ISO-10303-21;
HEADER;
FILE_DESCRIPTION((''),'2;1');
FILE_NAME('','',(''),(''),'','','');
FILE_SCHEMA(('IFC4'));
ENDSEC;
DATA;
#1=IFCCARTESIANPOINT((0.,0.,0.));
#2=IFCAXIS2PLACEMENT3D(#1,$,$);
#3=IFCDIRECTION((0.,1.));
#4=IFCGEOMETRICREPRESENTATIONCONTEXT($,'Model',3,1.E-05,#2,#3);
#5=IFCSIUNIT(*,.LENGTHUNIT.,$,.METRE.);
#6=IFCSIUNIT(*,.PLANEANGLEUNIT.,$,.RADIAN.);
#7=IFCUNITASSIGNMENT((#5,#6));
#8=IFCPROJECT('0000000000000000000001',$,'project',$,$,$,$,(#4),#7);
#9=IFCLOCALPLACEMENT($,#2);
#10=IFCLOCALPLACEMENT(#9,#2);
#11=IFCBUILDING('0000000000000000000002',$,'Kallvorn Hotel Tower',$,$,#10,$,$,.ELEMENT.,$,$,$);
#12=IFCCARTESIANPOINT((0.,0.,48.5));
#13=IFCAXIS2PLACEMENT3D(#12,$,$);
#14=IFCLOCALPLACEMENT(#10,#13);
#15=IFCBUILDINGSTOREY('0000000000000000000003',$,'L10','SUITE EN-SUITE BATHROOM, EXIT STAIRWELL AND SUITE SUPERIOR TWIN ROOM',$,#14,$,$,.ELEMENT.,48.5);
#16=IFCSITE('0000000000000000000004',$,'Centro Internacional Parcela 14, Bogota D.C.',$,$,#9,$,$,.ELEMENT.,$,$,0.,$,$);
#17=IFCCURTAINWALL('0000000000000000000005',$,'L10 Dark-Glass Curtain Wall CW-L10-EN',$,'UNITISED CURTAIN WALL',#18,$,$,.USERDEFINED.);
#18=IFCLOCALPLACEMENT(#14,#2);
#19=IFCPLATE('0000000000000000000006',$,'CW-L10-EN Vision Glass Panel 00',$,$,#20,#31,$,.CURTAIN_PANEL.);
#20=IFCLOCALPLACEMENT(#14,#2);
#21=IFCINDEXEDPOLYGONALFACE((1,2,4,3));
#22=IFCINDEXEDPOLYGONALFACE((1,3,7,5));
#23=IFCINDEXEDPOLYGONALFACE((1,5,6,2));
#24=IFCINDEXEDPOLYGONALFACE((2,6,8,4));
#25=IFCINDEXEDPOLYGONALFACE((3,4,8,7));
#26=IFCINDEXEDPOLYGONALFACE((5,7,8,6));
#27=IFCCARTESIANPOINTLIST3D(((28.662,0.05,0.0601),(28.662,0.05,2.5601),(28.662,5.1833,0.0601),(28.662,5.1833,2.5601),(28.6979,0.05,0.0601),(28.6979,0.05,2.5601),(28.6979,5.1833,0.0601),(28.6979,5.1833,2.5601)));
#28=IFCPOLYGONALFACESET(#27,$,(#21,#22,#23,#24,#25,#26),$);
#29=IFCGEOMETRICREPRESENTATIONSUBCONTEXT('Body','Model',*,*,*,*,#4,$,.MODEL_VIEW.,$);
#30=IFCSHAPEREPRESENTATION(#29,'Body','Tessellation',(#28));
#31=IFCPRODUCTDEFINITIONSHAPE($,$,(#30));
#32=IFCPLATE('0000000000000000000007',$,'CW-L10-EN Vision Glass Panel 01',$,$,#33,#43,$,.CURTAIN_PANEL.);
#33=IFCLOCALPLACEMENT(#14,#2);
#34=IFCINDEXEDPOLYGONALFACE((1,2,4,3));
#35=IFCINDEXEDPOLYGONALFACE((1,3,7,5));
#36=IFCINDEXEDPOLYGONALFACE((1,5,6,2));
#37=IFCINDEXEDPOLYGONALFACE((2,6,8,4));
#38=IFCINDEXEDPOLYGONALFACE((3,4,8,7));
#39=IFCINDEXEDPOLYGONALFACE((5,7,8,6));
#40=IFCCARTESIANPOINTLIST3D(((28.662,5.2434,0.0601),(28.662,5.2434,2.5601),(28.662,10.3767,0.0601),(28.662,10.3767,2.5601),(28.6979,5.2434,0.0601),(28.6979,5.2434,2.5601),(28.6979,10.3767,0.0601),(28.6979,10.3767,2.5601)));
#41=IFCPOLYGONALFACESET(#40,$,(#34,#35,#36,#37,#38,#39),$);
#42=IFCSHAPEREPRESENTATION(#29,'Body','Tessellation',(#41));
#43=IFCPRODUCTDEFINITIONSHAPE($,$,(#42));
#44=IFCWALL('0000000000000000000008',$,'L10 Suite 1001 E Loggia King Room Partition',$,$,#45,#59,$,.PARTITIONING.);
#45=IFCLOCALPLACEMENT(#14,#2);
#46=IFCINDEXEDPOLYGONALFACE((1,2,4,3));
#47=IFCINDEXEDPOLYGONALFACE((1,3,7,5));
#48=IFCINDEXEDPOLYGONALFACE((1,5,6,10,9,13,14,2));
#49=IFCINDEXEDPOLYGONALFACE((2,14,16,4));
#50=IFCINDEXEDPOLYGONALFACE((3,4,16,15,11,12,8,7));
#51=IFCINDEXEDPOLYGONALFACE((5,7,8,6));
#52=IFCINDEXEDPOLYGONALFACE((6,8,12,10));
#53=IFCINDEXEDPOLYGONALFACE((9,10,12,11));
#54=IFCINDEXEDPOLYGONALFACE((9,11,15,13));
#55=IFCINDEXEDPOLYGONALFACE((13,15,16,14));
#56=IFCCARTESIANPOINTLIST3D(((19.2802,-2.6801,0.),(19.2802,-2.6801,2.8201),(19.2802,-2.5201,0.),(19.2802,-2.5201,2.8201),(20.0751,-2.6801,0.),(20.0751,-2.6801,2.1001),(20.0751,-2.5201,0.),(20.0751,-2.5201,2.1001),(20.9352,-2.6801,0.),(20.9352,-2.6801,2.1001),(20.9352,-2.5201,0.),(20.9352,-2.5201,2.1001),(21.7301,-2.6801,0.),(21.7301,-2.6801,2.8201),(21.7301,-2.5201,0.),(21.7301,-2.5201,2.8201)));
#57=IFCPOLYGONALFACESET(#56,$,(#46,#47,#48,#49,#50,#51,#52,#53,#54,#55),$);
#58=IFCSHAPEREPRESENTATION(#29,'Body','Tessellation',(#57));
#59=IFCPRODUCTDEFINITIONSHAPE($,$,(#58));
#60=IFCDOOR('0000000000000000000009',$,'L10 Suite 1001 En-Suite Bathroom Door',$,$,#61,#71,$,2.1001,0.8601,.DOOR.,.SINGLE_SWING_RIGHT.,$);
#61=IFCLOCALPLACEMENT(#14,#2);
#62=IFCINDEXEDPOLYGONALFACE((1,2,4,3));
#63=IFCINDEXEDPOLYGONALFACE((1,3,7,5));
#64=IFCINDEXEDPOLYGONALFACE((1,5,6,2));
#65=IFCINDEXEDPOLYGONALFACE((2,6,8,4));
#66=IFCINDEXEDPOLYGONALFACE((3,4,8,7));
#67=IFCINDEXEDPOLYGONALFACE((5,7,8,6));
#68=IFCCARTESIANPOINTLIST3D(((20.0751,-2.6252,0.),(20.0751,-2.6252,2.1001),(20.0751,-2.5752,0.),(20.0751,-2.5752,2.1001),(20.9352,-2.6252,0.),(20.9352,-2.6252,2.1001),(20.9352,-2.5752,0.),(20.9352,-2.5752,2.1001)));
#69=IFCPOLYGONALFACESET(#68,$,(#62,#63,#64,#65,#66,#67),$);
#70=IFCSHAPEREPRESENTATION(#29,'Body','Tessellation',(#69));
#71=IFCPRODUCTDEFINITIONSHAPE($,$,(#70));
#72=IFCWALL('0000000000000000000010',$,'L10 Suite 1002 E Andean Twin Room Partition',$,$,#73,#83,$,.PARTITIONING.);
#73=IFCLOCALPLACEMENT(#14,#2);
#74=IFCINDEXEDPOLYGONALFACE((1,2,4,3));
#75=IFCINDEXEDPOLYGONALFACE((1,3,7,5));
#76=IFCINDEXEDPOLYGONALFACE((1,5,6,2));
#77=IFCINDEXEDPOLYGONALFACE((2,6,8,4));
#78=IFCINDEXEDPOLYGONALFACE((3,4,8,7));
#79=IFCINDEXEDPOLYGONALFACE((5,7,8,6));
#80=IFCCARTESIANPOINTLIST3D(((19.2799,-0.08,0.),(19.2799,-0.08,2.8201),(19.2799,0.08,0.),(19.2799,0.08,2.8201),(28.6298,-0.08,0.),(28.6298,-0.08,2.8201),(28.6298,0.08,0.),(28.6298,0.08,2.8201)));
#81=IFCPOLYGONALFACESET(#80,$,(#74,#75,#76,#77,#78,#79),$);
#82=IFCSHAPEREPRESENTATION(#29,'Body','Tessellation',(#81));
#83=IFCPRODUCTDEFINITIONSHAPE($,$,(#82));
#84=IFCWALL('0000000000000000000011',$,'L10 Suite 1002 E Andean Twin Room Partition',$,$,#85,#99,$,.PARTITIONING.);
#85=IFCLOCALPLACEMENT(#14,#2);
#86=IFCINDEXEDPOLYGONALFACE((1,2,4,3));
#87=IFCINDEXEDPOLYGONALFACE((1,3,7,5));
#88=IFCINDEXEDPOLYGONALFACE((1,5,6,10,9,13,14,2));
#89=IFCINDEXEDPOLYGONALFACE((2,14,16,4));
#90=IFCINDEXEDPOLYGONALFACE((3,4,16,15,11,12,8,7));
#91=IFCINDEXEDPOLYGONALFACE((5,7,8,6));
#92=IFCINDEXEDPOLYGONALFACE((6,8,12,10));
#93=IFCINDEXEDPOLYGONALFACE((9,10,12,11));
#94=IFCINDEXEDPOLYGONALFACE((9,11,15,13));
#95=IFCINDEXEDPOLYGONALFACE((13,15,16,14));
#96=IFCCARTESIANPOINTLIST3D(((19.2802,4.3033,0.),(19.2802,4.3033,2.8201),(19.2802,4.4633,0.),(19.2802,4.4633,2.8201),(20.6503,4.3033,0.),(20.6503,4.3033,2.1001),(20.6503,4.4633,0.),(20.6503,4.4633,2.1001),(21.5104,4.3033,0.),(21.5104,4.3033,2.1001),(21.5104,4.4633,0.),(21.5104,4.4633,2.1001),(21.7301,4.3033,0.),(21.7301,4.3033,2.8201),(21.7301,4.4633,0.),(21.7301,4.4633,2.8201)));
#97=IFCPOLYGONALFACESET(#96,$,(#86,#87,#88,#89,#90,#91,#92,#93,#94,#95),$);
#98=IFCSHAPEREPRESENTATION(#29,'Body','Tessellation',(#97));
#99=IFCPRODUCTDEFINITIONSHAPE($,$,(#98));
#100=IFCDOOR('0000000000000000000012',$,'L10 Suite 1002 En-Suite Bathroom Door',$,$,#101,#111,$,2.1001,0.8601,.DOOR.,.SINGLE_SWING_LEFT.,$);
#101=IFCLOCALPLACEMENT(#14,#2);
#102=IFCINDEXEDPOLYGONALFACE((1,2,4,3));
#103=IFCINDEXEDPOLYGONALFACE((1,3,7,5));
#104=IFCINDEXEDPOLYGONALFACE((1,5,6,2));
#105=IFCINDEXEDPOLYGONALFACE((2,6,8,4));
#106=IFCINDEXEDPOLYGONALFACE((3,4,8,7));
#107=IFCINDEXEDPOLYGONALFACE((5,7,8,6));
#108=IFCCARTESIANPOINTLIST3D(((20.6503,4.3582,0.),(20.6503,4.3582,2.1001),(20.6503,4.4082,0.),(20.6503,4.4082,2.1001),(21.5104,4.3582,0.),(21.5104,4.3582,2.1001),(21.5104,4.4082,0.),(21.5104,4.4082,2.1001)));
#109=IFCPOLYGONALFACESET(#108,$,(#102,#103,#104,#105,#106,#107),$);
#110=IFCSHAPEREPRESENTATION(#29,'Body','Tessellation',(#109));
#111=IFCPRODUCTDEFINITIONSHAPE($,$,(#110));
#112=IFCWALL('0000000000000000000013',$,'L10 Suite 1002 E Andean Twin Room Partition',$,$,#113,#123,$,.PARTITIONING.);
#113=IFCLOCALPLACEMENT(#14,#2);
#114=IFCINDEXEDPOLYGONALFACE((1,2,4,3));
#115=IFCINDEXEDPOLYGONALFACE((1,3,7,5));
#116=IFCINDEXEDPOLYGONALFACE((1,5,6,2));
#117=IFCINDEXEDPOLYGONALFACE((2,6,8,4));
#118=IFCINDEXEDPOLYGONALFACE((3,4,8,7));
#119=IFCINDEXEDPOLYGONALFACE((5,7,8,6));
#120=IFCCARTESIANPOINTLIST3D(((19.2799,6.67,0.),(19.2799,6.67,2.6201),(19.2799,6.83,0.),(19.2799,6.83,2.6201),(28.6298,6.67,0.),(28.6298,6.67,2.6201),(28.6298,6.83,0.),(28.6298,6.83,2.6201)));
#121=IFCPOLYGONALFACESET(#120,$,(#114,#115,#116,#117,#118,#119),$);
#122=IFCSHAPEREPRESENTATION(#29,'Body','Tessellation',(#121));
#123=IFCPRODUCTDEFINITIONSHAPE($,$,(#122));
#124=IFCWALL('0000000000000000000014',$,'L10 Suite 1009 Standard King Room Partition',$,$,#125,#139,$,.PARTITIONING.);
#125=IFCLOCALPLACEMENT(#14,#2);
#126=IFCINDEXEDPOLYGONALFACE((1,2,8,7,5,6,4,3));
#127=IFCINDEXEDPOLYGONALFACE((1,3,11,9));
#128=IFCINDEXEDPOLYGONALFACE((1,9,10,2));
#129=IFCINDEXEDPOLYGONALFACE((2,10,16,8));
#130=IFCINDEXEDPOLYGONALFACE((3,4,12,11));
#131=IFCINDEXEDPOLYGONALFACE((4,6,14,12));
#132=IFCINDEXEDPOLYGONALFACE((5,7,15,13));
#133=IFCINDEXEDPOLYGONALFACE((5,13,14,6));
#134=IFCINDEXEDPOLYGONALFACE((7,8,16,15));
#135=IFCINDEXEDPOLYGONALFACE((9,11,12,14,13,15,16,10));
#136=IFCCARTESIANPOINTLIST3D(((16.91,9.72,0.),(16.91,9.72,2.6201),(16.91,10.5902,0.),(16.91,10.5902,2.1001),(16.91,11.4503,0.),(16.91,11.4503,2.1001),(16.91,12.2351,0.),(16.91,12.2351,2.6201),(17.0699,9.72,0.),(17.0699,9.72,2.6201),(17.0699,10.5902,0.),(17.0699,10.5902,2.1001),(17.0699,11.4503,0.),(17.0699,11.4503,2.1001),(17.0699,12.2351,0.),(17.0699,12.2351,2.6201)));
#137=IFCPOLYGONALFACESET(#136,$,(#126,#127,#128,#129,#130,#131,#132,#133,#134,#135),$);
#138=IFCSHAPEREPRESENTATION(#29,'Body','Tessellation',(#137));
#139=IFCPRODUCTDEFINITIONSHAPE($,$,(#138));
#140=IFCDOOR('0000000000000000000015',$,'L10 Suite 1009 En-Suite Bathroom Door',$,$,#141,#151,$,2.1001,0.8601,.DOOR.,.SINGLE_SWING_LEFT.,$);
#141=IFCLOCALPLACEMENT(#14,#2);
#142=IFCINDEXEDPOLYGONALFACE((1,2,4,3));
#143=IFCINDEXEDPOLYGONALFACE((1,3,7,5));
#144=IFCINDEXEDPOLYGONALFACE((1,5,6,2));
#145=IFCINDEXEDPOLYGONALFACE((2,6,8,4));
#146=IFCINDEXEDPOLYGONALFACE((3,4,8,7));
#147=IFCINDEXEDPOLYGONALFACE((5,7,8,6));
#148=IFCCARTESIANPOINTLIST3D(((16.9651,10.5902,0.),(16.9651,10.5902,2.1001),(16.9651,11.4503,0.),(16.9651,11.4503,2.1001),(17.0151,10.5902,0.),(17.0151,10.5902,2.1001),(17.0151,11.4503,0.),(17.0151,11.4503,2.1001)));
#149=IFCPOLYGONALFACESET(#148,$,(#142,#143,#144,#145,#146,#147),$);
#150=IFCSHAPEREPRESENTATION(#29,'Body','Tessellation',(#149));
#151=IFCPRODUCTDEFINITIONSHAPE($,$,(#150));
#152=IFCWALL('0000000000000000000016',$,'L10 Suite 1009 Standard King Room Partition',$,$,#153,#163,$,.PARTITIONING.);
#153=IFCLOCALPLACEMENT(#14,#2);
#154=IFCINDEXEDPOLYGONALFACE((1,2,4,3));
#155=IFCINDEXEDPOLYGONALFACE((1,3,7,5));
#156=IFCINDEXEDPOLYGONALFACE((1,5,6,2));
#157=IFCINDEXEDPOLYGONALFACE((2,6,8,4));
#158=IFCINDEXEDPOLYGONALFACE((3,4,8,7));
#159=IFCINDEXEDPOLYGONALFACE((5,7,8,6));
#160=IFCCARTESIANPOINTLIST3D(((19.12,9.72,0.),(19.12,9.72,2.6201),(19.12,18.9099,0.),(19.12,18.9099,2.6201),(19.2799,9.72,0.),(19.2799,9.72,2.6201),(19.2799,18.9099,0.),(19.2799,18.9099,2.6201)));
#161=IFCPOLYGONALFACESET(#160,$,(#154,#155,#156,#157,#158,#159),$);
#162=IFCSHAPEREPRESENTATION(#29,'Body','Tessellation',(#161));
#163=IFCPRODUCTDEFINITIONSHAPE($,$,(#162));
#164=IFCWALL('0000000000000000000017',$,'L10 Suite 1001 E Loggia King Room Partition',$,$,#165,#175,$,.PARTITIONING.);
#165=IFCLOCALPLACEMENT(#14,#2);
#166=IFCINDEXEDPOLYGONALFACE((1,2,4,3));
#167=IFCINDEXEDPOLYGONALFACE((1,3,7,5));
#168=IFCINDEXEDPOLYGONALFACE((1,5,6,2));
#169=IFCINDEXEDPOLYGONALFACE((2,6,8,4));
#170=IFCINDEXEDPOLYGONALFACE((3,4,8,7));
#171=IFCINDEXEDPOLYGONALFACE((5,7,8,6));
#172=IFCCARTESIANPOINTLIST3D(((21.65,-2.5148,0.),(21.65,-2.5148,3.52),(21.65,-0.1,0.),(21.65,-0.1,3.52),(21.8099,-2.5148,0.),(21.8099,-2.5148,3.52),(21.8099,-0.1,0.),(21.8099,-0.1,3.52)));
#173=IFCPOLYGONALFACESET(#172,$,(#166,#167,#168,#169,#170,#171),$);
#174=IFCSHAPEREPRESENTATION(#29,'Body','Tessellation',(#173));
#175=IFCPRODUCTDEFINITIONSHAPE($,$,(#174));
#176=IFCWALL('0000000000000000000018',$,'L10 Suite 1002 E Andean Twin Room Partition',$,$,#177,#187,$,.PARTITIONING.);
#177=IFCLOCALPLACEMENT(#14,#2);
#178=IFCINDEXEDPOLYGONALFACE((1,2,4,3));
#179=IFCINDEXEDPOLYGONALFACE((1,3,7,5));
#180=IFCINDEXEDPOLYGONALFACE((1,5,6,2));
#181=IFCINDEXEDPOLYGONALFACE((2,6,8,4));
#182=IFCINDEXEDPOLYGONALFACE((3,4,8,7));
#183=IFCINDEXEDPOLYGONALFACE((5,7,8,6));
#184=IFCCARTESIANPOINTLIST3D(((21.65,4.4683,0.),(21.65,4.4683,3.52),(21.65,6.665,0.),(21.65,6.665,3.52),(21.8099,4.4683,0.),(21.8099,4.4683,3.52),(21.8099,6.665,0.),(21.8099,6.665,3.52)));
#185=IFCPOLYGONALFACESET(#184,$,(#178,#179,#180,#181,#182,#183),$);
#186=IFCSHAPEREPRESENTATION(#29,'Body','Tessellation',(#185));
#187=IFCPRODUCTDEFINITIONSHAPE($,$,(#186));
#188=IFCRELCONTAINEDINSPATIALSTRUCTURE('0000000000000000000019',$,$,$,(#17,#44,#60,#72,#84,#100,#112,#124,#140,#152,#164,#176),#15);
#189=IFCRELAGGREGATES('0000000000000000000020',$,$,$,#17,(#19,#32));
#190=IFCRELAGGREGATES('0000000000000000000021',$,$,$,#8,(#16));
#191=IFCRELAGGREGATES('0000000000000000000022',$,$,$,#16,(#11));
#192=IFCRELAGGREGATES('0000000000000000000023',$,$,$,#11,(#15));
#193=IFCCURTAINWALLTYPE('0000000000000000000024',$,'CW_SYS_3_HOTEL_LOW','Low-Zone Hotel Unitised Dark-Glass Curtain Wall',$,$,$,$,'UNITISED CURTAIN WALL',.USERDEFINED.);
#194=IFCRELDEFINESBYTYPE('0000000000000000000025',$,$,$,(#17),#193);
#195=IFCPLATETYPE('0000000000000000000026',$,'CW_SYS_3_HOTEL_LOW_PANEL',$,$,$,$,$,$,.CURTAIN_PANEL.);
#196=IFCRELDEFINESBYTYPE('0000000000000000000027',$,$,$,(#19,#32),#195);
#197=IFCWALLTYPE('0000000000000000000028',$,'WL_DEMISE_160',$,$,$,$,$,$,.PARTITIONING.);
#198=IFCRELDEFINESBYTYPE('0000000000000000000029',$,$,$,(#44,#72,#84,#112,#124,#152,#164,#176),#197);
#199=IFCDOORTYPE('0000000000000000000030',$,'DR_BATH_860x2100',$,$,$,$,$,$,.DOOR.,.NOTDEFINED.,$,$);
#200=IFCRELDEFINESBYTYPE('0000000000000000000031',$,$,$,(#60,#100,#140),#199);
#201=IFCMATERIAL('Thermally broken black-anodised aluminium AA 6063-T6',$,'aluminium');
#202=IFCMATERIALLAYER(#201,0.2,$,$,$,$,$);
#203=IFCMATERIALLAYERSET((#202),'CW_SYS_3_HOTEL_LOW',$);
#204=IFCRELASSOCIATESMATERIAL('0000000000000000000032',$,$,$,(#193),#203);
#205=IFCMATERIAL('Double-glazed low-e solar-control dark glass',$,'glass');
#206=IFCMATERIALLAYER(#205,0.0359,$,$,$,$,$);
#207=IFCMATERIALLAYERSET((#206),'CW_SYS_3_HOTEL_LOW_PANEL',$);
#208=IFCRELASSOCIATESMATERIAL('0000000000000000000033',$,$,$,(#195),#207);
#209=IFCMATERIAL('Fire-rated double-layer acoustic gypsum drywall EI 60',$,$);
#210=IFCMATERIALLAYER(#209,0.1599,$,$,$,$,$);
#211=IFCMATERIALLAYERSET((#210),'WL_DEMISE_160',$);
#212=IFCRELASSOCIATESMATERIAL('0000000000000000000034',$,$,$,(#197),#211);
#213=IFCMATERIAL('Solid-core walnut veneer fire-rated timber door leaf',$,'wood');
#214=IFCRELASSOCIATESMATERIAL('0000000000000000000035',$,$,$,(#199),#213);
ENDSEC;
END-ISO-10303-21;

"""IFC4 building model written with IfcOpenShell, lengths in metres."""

from ifc_helpers import new_model, si_unit, direction, frame, frame_2d, origin, origin_2d, place, context, subcontext, project, spatial, rectangle, extrude, material, layer, layer_set, type_object, element, fill, aggregate, save


model = new_model("IFC4")

# Units and contexts
model_context = context("Model", 3, precision=1e-05, world=origin(), true_north=direction((0.0, 1.0)))
body_context = subcontext(model_context, "Body", "Model", "MODEL_VIEW")
ifc_project = project(units=[si_unit("LENGTHUNIT", "METRE"), si_unit("PLANEANGLEUNIT", "RADIAN")], contexts=[model_context])

# Site, building, storey
site_placement = place(None, origin())
site = spatial("IfcSite", under=ifc_project, at=site_placement, Name="Centro Internacional Parcela 14, Bogota D.C.", CompositionType="ELEMENT", RefElevation=0.0)
building_placement = place(site_placement, origin())
building = spatial("IfcBuilding", under=site, at=building_placement, Name="Kallvorn Hotel Tower", CompositionType="ELEMENT")
storey_placement = place(building_placement, frame((0.0, 0.0, 48.5)))
storey = spatial("IfcBuildingStorey", under=building, at=storey_placement, Name="L10", Description="SUITE EN-SUITE BATHROOM, EXIT STAIRWELL AND SUITE SUPERIOR TWIN ROOM", CompositionType="ELEMENT", Elevation=48.5)

# Curtain wall, plates
ifc_material_1 = material(Name="Thermally broken black-anodised aluminium AA 6063-T6", Category="aluminium")
ifc_layer_1 = layer(ifc_material_1, 0.2)
ifc_layer_set_1 = layer_set([ifc_layer_1], Name="CW_SYS_3_HOTEL_LOW")
curtain_wall_type = type_object("IfcCurtainWallType", Name="CW_SYS_3_HOTEL_LOW", Description="Low-Zone Hotel Unitised Dark-Glass Curtain Wall", ElementType="UNITISED CURTAIN WALL", PredefinedType="USERDEFINED", material=ifc_layer_set_1)
curtain_wall_placement = place(storey_placement, origin())
curtain_wall = element("IfcCurtainWall", 1, at=curtain_wall_placement, inside=storey, type_object=curtain_wall_type, Name="L10 Dark-Glass Curtain Wall CW-L10-EN", ObjectType="UNITISED CURTAIN WALL", PredefinedType="USERDEFINED")
ifc_material_2 = material(Name="Double-glazed low-e solar-control dark glass", Category="glass")
ifc_layer_2 = layer(ifc_material_2, 0.0359)
ifc_layer_set_2 = layer_set([ifc_layer_2], Name="CW_SYS_3_HOTEL_LOW_PANEL")
plate_type = type_object("IfcPlateType", Name="CW_SYS_3_HOTEL_LOW_PANEL", PredefinedType="CURTAIN_PANEL", material=ifc_layer_set_2)
plate_1_placement = place(storey_placement, frame((28.6799, 2.6167, 0.0601), z_axis=(0.0, 0.0, 1.0), x_axis=(0.0, 1.0, 0.0)))
plate_1 = element("IfcPlate", 2, at=plate_1_placement, type_object=plate_type, Name="CW-L10-EN Vision Glass Panel 00", PredefinedType="CURTAIN_PANEL", context=body_context, shape_type="SweptSolid", body=[
    extrude(rectangle(XDim=5.1333, YDim=0.0359, at=origin_2d()), origin(), (0.0, 0.0, 1.0), 2.5),
])
plate_2_placement = place(storey_placement, frame((28.6799, 7.8101, 0.0601), z_axis=(0.0, 0.0, 1.0), x_axis=(0.0, 1.0, 0.0)))
plate_2 = element("IfcPlate", 3, at=plate_2_placement, type_object=plate_type, Name="CW-L10-EN Vision Glass Panel 01", PredefinedType="CURTAIN_PANEL", context=body_context, shape_type="SweptSolid", body=[
    extrude(rectangle(XDim=5.1333, YDim=0.0359, at=origin_2d()), origin(), (0.0, 0.0, 1.0), 2.5),
])
aggregate(curtain_wall, [plate_1, plate_2])

# Wall, opening, door
ifc_material_3 = material(Name="Fire-rated double-layer acoustic gypsum drywall EI 60")
ifc_layer_3 = layer(ifc_material_3, 0.1599)
ifc_layer_set_3 = layer_set([ifc_layer_3], Name="WL_DEMISE_160")
wall_type = type_object("IfcWallType", Name="WL_DEMISE_160", PredefinedType="PARTITIONING", material=ifc_layer_set_3)
wall_1_placement = place(storey_placement, frame((19.28, -2.6001, 0.0), z_axis=(0.0, 0.0, 1.0), x_axis=(1.0, 0.0, 0.0)))
wall_1 = element("IfcWall", 4, at=wall_1_placement, inside=storey, type_object=wall_type, Name="L10 Suite 1001 E Loggia King Room Partition", PredefinedType="PARTITIONING", context=body_context, shape_type="SweptSolid", body=[
    extrude(rectangle(XDim=2.45, YDim=0.1599, at=frame_2d((1.2251, 0.0))), origin(), (0.0, 0.0, 1.0), 2.8201),
])
opening_1_placement = place(wall_1_placement, frame((0.7949, 0.0, 0.0)))
opening_1 = element("IfcOpeningElement", 5, at=opening_1_placement, cuts=wall_1, PredefinedType="OPENING", context=body_context, shape_type="SweptSolid", body=[
    extrude(rectangle(XDim=0.8601, YDim=2.1001, at=frame_2d((0.4302, 1.05))), frame((0.0, 0.095, 0.0), z_axis=(0.0, -1.0, 0.0), x_axis=(1.0, 0.0, 0.0)), (0.0, 0.0, 1.0), 0.1899),
])
ifc_material_4 = material(Name="Solid-core walnut veneer fire-rated timber door leaf", Category="wood")
door_type = type_object("IfcDoorType", Name="DR_BATH_860x2100", OperationType="NOTDEFINED", PredefinedType="DOOR", material=ifc_material_4)
door_1_placement = place(opening_1_placement, origin())
door_1 = element("IfcDoor", 6, at=door_1_placement, inside=storey, type_object=door_type, Name="L10 Suite 1001 En-Suite Bathroom Door", OperationType="SINGLE_SWING_RIGHT", OverallHeight=2.1001, OverallWidth=0.8601, PredefinedType="DOOR", context=body_context, shape_type="SweptSolid", body=[
    extrude(rectangle(XDim=0.8601, YDim=2.1001, at=frame_2d((0.4302, 1.05))), frame((0.0, 0.0249, 0.0), z_axis=(0.0, -1.0, 0.0), x_axis=(1.0, 0.0, 0.0)), (0.0, 0.0, 1.0), 0.05),
])
fill(opening_1, door_1)

# Wall
wall_2_placement = place(storey_placement, frame((19.28, 0.0, 0.0), z_axis=(0.0, 0.0, 1.0), x_axis=(1.0, 0.0, 0.0)))
element("IfcWall", 7, at=wall_2_placement, inside=storey, type_object=wall_type, Name="L10 Suite 1002 E Andean Twin Room Partition", PredefinedType="PARTITIONING", context=body_context, shape_type="SweptSolid", body=[
    extrude(rectangle(XDim=9.3499, YDim=0.1599, at=frame_2d((4.6748, 0.0))), origin(), (0.0, 0.0, 1.0), 2.8201),
])

# Wall, opening, door
wall_3_placement = place(storey_placement, frame((19.28, 4.3833, 0.0), z_axis=(0.0, 0.0, 1.0), x_axis=(1.0, 0.0, 0.0)))
wall_3 = element("IfcWall", 8, at=wall_3_placement, inside=storey, type_object=wall_type, Name="L10 Suite 1002 E Andean Twin Room Partition", PredefinedType="PARTITIONING", context=body_context, shape_type="SweptSolid", body=[
    extrude(rectangle(XDim=2.45, YDim=0.1599, at=frame_2d((1.2251, 0.0))), origin(), (0.0, 0.0, 1.0), 2.8201),
])
opening_2_placement = place(wall_3_placement, frame((1.3701, 0.0, 0.0)))
opening_2 = element("IfcOpeningElement", 9, at=opening_2_placement, cuts=wall_3, PredefinedType="OPENING", context=body_context, shape_type="SweptSolid", body=[
    extrude(rectangle(XDim=0.8601, YDim=2.1001, at=frame_2d((0.4302, 1.05))), frame((0.0, 0.095, 0.0), z_axis=(0.0, -1.0, 0.0), x_axis=(1.0, 0.0, 0.0)), (0.0, 0.0, 1.0), 0.1899),
])
door_2_placement = place(opening_2_placement, origin())
door_2 = element("IfcDoor", 10, at=door_2_placement, inside=storey, type_object=door_type, Name="L10 Suite 1002 En-Suite Bathroom Door", OperationType="SINGLE_SWING_LEFT", OverallHeight=2.1001, OverallWidth=0.8601, PredefinedType="DOOR", context=body_context, shape_type="SweptSolid", body=[
    extrude(rectangle(XDim=0.8601, YDim=2.1001, at=frame_2d((0.4302, 1.05))), frame((0.0, 0.0249, 0.0), z_axis=(0.0, -1.0, 0.0), x_axis=(1.0, 0.0, 0.0)), (0.0, 0.0, 1.0), 0.05),
])
fill(opening_2, door_2)

# Wall
wall_4_placement = place(storey_placement, frame((19.28, 6.75, 0.0), z_axis=(0.0, 0.0, 1.0), x_axis=(1.0, 0.0, 0.0)))
element("IfcWall", 11, at=wall_4_placement, inside=storey, type_object=wall_type, Name="L10 Suite 1002 E Andean Twin Room Partition", PredefinedType="PARTITIONING", context=body_context, shape_type="SweptSolid", body=[
    extrude(rectangle(XDim=9.3499, YDim=0.1599, at=frame_2d((4.6748, 0.0))), origin(), (0.0, 0.0, 1.0), 2.6201),
])

# Wall, opening, door
wall_5_placement = place(storey_placement, frame((16.99, 9.72, 0.0), z_axis=(0.0, 0.0, 1.0), x_axis=(0.0, 1.0, 0.0)))
wall_5 = element("IfcWall", 12, at=wall_5_placement, inside=storey, type_object=wall_type, Name="L10 Suite 1009 Standard King Room Partition", PredefinedType="PARTITIONING", context=body_context, shape_type="SweptSolid", body=[
    extrude(rectangle(XDim=2.5151, YDim=0.1599, at=frame_2d((1.2576, 0.0))), origin(), (0.0, 0.0, 1.0), 2.6201),
])
opening_3_placement = place(wall_5_placement, frame((0.8701, 0.0, 0.0)))
opening_3 = element("IfcOpeningElement", 13, at=opening_3_placement, cuts=wall_5, PredefinedType="OPENING", context=body_context, shape_type="SweptSolid", body=[
    extrude(rectangle(XDim=0.8601, YDim=2.1001, at=frame_2d((0.4302, 1.05))), frame((0.0, 0.095, 0.0), z_axis=(0.0, -1.0, 0.0), x_axis=(1.0, 0.0, 0.0)), (0.0, 0.0, 1.0), 0.1899),
])
door_3_placement = place(opening_3_placement, origin())
door_3 = element("IfcDoor", 14, at=door_3_placement, inside=storey, type_object=door_type, Name="L10 Suite 1009 En-Suite Bathroom Door", OperationType="SINGLE_SWING_LEFT", OverallHeight=2.1001, OverallWidth=0.8601, PredefinedType="DOOR", context=body_context, shape_type="SweptSolid", body=[
    extrude(rectangle(XDim=0.8601, YDim=2.1001, at=frame_2d((0.4302, 1.05))), frame((0.0, 0.0249, 0.0), z_axis=(0.0, -1.0, 0.0), x_axis=(1.0, 0.0, 0.0)), (0.0, 0.0, 1.0), 0.05),
])
fill(opening_3, door_3)

# Walls
wall_6_placement = place(storey_placement, frame((19.2, 9.72, 0.0), z_axis=(0.0, 0.0, 1.0), x_axis=(0.0, 1.0, 0.0)))
element("IfcWall", 15, at=wall_6_placement, inside=storey, type_object=wall_type, Name="L10 Suite 1009 Standard King Room Partition", PredefinedType="PARTITIONING", context=body_context, shape_type="SweptSolid", body=[
    extrude(rectangle(XDim=9.1899, YDim=0.1599, at=frame_2d((4.595, 0.0))), origin(), (0.0, 0.0, 1.0), 2.6201),
])
wall_7_placement = place(storey_placement, frame((21.73, -2.5149, 0.0), z_axis=(0.0, 0.0, 1.0), x_axis=(0.0, 1.0, 0.0)))
element("IfcWall", 16, at=wall_7_placement, inside=storey, type_object=wall_type, Name="L10 Suite 1001 E Loggia King Room Partition", PredefinedType="PARTITIONING", context=body_context, shape_type="SweptSolid", body=[
    extrude(rectangle(XDim=2.4148, YDim=0.1599, at=frame_2d((1.2075, 0.0))), origin(), (0.0, 0.0, 1.0), 3.52),
])
wall_8_placement = place(storey_placement, frame((21.73, 4.4683, 0.0), z_axis=(0.0, 0.0, 1.0), x_axis=(0.0, 1.0, 0.0)))
element("IfcWall", 17, at=wall_8_placement, inside=storey, type_object=wall_type, Name="L10 Suite 1002 E Andean Twin Room Partition", PredefinedType="PARTITIONING", context=body_context, shape_type="SweptSolid", body=[
    extrude(rectangle(XDim=2.1968, YDim=0.1599, at=frame_2d((1.0984, 0.0))), origin(), (0.0, 0.0, 1.0), 3.52),
])

save(model, "model.ifc")
